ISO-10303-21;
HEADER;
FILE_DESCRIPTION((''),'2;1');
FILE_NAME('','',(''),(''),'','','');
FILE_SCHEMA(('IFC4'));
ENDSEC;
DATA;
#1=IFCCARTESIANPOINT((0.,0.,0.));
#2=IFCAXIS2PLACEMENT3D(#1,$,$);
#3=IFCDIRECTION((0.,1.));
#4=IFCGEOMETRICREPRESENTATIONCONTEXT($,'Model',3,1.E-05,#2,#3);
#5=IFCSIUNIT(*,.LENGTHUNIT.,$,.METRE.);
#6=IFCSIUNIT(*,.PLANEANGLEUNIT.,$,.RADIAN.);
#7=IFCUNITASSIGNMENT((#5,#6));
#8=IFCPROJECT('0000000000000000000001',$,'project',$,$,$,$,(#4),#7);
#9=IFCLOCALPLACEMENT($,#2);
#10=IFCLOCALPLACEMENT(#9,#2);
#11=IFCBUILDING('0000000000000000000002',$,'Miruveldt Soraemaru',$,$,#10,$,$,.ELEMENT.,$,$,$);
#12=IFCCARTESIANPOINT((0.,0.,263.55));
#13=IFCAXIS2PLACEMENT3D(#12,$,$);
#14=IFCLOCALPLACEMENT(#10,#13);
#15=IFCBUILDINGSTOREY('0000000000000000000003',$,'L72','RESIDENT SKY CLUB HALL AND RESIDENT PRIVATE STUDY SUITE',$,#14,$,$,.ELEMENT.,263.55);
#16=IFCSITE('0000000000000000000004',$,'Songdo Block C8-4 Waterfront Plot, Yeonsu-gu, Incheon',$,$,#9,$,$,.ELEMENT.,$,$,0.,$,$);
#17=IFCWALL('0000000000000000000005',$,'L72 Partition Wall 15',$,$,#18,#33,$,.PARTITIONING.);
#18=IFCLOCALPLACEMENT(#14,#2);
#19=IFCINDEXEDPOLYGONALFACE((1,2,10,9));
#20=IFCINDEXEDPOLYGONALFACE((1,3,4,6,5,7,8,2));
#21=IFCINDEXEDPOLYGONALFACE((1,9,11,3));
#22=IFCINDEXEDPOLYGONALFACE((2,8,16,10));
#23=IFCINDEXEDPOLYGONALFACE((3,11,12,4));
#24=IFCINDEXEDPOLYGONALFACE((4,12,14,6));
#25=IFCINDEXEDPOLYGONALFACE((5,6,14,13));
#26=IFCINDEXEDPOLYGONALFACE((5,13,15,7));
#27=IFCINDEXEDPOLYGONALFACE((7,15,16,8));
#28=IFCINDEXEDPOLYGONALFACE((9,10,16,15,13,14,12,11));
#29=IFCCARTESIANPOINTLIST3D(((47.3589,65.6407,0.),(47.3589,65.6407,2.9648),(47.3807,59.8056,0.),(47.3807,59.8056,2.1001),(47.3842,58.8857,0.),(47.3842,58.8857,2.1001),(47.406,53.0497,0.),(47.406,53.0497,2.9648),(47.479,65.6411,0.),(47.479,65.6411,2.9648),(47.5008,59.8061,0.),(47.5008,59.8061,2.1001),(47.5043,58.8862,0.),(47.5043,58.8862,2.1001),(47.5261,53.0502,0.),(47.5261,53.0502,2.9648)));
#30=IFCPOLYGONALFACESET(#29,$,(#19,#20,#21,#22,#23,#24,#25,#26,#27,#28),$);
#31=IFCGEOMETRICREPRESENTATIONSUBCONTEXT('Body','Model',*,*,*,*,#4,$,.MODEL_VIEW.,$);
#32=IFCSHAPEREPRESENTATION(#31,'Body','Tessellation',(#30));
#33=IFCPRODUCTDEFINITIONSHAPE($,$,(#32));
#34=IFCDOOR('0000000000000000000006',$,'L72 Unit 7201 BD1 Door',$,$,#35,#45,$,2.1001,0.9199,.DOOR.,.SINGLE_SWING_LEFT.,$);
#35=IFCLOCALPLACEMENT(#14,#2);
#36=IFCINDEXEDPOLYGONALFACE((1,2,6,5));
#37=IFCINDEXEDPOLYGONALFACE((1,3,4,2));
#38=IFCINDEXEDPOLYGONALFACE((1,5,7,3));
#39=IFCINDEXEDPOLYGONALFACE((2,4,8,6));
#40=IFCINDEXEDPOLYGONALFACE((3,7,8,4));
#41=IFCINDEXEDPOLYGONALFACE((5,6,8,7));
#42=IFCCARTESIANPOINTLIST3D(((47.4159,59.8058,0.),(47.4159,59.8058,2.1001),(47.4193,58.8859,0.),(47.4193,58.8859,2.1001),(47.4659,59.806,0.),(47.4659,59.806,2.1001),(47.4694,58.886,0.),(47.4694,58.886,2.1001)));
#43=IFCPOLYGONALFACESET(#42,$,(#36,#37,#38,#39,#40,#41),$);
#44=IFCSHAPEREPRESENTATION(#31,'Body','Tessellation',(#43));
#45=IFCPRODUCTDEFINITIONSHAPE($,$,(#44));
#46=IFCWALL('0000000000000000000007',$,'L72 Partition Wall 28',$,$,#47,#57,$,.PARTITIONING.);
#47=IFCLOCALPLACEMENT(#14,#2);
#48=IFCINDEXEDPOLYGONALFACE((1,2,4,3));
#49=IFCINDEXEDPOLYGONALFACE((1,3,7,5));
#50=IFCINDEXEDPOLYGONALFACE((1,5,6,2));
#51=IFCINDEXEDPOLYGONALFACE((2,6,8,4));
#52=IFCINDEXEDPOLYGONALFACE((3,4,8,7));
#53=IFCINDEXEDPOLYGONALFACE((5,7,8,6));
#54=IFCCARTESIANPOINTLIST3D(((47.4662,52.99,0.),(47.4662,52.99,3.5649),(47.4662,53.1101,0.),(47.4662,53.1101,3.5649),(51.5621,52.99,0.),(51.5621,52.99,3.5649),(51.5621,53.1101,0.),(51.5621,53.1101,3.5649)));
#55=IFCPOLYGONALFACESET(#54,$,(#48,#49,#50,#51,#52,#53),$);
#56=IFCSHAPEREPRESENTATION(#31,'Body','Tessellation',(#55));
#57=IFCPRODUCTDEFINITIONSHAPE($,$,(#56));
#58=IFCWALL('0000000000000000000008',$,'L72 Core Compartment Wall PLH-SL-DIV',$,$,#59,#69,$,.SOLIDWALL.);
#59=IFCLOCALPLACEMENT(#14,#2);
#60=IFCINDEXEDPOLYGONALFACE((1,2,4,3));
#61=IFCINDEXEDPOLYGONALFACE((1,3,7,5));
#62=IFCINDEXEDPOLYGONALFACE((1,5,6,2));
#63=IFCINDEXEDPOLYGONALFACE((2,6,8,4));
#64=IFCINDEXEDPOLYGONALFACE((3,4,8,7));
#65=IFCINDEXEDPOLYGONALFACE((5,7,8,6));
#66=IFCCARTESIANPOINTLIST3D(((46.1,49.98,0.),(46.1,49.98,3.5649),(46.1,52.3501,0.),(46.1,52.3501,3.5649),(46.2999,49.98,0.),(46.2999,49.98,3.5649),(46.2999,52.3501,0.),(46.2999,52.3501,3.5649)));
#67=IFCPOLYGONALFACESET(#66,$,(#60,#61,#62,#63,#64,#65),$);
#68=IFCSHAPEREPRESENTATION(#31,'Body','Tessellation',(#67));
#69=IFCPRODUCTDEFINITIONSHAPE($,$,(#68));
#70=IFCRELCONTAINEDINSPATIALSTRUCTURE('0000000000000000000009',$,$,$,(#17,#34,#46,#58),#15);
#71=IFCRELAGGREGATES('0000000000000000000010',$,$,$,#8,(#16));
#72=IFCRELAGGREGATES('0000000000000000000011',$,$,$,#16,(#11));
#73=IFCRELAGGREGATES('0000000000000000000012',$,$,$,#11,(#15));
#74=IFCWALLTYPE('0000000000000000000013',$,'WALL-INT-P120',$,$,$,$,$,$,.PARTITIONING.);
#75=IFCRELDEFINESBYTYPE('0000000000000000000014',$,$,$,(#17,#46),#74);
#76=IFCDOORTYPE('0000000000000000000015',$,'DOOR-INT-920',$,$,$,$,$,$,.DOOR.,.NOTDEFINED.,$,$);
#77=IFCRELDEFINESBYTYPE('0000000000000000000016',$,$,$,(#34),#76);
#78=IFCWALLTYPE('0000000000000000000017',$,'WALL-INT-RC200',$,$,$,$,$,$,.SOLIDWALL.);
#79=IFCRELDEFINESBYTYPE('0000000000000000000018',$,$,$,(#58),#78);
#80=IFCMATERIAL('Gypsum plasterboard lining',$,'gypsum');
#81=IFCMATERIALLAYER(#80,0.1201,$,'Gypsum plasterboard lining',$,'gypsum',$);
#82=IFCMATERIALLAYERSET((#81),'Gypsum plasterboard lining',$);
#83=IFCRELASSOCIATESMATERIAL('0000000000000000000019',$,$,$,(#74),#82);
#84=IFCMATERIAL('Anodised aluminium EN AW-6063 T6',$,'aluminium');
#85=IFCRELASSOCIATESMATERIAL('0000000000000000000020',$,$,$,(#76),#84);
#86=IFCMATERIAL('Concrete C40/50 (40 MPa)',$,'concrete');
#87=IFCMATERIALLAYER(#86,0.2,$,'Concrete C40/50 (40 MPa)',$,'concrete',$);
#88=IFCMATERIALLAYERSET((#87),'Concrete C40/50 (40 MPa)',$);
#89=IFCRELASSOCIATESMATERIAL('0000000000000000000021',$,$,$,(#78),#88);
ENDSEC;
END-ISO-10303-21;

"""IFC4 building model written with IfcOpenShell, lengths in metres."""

from ifc_helpers import new_model, si_unit, direction, frame, frame_2d, origin, place, context, subcontext, project, spatial, rectangle, extrude, material, layer, layer_set, type_object, element, fill, save


model = new_model("IFC4")

# Units and contexts
model_context = context("Model", 3, precision=1e-05, world=origin(), true_north=direction((0.0, 1.0)))
body_context = subcontext(model_context, "Body", "Model", "MODEL_VIEW")
ifc_project = project(units=[si_unit("LENGTHUNIT", "METRE"), si_unit("PLANEANGLEUNIT", "RADIAN")], contexts=[model_context])

# Site, building, storey
site_placement = place(None, origin())
site = spatial("IfcSite", under=ifc_project, at=site_placement, Name="Songdo Block C8-4 Waterfront Plot, Yeonsu-gu, Incheon", CompositionType="ELEMENT", RefElevation=0.0)
building_placement = place(site_placement, origin())
building = spatial("IfcBuilding", under=site, at=building_placement, Name="Miruveldt Soraemaru", CompositionType="ELEMENT")
storey_placement = place(building_placement, frame((0.0, 0.0, 263.55)))
storey = spatial("IfcBuildingStorey", under=building, at=storey_placement, Name="L72", Description="RESIDENT SKY CLUB HALL AND RESIDENT PRIVATE STUDY SUITE", CompositionType="ELEMENT", Elevation=263.55)

# Wall, opening, door
ifc_material_1 = material(Name="Gypsum plasterboard lining", Category="gypsum")
ifc_layer_1 = layer(ifc_material_1, 0.1201, Name="Gypsum plasterboard lining", Category="gypsum")
ifc_layer_set_1 = layer_set([ifc_layer_1], Name="Gypsum plasterboard lining")
wall_type_1 = type_object("IfcWallType", Name="WALL-INT-P120", PredefinedType="PARTITIONING", material=ifc_layer_set_1)
wall_1_placement = place(storey_placement, frame((47.4661, 53.05, 0.0), z_axis=(0.0, 0.0, 1.0), x_axis=(-0.003742, 0.999993, 0.0)))
wall_1 = element("IfcWall", 1, at=wall_1_placement, inside=storey, type_object=wall_type_1, Name="L72 Partition Wall 15", PredefinedType="PARTITIONING", context=body_context, shape_type="SweptSolid", body=[
    extrude(rectangle(XDim=12.5911, YDim=0.1201, at=frame_2d((6.2954, 0.0))), origin(), (0.0, 0.0, 1.0), 2.9648),
])
opening_1_placement = place(wall_1_placement, frame((5.8359, 0.0, 0.0)))
opening_1 = element("IfcOpeningElement", 2, at=opening_1_placement, cuts=wall_1, PredefinedType="OPENING", context=body_context, shape_type="SweptSolid", body=[
    extrude(rectangle(XDim=0.9199, YDim=2.1001, at=frame_2d((0.46, 1.05))), frame((0.0, 0.0701, 0.0), z_axis=(0.0, -1.0, 0.0), x_axis=(1.0, 0.0, 0.0)), (0.0, 0.0, 1.0), 0.1401),
])
ifc_material_2 = material(Name="Anodised aluminium EN AW-6063 T6", Category="aluminium")
door_type_1 = type_object("IfcDoorType", Name="DOOR-INT-920", OperationType="NOTDEFINED", PredefinedType="DOOR", material=ifc_material_2)
door_1_placement = place(opening_1_placement, origin())
door_1 = element("IfcDoor", 3, at=door_1_placement, inside=storey, type_object=door_type_1, Name="L72 Unit 7201 BD1 Door", OperationType="SINGLE_SWING_LEFT", OverallHeight=2.1001, OverallWidth=0.9199, PredefinedType="DOOR", context=body_context, shape_type="SweptSolid", body=[
    extrude(rectangle(XDim=0.9199, YDim=2.1001, at=frame_2d((0.46, 1.05))), frame((0.0, 0.0249, 0.0), z_axis=(0.0, -1.0, 0.0), x_axis=(1.0, 0.0, 0.0)), (0.0, 0.0, 1.0), 0.05),
])
fill(opening_1, door_1)

# Wall
wall_2_placement = place(storey_placement, frame((51.562, 53.05, 0.0), z_axis=(0.0, 0.0, 1.0), x_axis=(-1.0, 0.0, 0.0)))
element("IfcWall", 4, at=wall_2_placement, inside=storey, type_object=wall_type_1, Name="L72 Partition Wall 28", PredefinedType="PARTITIONING", context=body_context, shape_type="SweptSolid", body=[
    extrude(rectangle(XDim=4.0959, YDim=0.1201, at=frame_2d((2.0479, 0.0))), origin(), (0.0, 0.0, 1.0), 3.5649),
])

# Shared definitions
ifc_material_3 = material(Name="Concrete C40/50 (40 MPa)", Category="concrete")
ifc_layer_2 = layer(ifc_material_3, 0.2, Name="Concrete C40/50 (40 MPa)", Category="concrete")
ifc_layer_set_2 = layer_set([ifc_layer_2], Name="Concrete C40/50 (40 MPa)")
wall_type_2 = type_object("IfcWallType", Name="WALL-INT-RC200", PredefinedType="SOLIDWALL", material=ifc_layer_set_2)

# Wall
wall_3_placement = place(storey_placement, frame((46.2, 49.98, 0.0), z_axis=(0.0, 0.0, 1.0), x_axis=(0.0, 1.0, 0.0)))
element("IfcWall", 5, at=wall_3_placement, inside=storey, type_object=wall_type_2, Name="L72 Core Compartment Wall PLH-SL-DIV", PredefinedType="SOLIDWALL", context=body_context, shape_type="SweptSolid", body=[
    extrude(rectangle(XDim=2.3701, YDim=0.2, at=frame_2d((1.1851, 0.0))), origin(), (0.0, 0.0, 1.0), 3.5649),
])

save(model, "model.ifc")
